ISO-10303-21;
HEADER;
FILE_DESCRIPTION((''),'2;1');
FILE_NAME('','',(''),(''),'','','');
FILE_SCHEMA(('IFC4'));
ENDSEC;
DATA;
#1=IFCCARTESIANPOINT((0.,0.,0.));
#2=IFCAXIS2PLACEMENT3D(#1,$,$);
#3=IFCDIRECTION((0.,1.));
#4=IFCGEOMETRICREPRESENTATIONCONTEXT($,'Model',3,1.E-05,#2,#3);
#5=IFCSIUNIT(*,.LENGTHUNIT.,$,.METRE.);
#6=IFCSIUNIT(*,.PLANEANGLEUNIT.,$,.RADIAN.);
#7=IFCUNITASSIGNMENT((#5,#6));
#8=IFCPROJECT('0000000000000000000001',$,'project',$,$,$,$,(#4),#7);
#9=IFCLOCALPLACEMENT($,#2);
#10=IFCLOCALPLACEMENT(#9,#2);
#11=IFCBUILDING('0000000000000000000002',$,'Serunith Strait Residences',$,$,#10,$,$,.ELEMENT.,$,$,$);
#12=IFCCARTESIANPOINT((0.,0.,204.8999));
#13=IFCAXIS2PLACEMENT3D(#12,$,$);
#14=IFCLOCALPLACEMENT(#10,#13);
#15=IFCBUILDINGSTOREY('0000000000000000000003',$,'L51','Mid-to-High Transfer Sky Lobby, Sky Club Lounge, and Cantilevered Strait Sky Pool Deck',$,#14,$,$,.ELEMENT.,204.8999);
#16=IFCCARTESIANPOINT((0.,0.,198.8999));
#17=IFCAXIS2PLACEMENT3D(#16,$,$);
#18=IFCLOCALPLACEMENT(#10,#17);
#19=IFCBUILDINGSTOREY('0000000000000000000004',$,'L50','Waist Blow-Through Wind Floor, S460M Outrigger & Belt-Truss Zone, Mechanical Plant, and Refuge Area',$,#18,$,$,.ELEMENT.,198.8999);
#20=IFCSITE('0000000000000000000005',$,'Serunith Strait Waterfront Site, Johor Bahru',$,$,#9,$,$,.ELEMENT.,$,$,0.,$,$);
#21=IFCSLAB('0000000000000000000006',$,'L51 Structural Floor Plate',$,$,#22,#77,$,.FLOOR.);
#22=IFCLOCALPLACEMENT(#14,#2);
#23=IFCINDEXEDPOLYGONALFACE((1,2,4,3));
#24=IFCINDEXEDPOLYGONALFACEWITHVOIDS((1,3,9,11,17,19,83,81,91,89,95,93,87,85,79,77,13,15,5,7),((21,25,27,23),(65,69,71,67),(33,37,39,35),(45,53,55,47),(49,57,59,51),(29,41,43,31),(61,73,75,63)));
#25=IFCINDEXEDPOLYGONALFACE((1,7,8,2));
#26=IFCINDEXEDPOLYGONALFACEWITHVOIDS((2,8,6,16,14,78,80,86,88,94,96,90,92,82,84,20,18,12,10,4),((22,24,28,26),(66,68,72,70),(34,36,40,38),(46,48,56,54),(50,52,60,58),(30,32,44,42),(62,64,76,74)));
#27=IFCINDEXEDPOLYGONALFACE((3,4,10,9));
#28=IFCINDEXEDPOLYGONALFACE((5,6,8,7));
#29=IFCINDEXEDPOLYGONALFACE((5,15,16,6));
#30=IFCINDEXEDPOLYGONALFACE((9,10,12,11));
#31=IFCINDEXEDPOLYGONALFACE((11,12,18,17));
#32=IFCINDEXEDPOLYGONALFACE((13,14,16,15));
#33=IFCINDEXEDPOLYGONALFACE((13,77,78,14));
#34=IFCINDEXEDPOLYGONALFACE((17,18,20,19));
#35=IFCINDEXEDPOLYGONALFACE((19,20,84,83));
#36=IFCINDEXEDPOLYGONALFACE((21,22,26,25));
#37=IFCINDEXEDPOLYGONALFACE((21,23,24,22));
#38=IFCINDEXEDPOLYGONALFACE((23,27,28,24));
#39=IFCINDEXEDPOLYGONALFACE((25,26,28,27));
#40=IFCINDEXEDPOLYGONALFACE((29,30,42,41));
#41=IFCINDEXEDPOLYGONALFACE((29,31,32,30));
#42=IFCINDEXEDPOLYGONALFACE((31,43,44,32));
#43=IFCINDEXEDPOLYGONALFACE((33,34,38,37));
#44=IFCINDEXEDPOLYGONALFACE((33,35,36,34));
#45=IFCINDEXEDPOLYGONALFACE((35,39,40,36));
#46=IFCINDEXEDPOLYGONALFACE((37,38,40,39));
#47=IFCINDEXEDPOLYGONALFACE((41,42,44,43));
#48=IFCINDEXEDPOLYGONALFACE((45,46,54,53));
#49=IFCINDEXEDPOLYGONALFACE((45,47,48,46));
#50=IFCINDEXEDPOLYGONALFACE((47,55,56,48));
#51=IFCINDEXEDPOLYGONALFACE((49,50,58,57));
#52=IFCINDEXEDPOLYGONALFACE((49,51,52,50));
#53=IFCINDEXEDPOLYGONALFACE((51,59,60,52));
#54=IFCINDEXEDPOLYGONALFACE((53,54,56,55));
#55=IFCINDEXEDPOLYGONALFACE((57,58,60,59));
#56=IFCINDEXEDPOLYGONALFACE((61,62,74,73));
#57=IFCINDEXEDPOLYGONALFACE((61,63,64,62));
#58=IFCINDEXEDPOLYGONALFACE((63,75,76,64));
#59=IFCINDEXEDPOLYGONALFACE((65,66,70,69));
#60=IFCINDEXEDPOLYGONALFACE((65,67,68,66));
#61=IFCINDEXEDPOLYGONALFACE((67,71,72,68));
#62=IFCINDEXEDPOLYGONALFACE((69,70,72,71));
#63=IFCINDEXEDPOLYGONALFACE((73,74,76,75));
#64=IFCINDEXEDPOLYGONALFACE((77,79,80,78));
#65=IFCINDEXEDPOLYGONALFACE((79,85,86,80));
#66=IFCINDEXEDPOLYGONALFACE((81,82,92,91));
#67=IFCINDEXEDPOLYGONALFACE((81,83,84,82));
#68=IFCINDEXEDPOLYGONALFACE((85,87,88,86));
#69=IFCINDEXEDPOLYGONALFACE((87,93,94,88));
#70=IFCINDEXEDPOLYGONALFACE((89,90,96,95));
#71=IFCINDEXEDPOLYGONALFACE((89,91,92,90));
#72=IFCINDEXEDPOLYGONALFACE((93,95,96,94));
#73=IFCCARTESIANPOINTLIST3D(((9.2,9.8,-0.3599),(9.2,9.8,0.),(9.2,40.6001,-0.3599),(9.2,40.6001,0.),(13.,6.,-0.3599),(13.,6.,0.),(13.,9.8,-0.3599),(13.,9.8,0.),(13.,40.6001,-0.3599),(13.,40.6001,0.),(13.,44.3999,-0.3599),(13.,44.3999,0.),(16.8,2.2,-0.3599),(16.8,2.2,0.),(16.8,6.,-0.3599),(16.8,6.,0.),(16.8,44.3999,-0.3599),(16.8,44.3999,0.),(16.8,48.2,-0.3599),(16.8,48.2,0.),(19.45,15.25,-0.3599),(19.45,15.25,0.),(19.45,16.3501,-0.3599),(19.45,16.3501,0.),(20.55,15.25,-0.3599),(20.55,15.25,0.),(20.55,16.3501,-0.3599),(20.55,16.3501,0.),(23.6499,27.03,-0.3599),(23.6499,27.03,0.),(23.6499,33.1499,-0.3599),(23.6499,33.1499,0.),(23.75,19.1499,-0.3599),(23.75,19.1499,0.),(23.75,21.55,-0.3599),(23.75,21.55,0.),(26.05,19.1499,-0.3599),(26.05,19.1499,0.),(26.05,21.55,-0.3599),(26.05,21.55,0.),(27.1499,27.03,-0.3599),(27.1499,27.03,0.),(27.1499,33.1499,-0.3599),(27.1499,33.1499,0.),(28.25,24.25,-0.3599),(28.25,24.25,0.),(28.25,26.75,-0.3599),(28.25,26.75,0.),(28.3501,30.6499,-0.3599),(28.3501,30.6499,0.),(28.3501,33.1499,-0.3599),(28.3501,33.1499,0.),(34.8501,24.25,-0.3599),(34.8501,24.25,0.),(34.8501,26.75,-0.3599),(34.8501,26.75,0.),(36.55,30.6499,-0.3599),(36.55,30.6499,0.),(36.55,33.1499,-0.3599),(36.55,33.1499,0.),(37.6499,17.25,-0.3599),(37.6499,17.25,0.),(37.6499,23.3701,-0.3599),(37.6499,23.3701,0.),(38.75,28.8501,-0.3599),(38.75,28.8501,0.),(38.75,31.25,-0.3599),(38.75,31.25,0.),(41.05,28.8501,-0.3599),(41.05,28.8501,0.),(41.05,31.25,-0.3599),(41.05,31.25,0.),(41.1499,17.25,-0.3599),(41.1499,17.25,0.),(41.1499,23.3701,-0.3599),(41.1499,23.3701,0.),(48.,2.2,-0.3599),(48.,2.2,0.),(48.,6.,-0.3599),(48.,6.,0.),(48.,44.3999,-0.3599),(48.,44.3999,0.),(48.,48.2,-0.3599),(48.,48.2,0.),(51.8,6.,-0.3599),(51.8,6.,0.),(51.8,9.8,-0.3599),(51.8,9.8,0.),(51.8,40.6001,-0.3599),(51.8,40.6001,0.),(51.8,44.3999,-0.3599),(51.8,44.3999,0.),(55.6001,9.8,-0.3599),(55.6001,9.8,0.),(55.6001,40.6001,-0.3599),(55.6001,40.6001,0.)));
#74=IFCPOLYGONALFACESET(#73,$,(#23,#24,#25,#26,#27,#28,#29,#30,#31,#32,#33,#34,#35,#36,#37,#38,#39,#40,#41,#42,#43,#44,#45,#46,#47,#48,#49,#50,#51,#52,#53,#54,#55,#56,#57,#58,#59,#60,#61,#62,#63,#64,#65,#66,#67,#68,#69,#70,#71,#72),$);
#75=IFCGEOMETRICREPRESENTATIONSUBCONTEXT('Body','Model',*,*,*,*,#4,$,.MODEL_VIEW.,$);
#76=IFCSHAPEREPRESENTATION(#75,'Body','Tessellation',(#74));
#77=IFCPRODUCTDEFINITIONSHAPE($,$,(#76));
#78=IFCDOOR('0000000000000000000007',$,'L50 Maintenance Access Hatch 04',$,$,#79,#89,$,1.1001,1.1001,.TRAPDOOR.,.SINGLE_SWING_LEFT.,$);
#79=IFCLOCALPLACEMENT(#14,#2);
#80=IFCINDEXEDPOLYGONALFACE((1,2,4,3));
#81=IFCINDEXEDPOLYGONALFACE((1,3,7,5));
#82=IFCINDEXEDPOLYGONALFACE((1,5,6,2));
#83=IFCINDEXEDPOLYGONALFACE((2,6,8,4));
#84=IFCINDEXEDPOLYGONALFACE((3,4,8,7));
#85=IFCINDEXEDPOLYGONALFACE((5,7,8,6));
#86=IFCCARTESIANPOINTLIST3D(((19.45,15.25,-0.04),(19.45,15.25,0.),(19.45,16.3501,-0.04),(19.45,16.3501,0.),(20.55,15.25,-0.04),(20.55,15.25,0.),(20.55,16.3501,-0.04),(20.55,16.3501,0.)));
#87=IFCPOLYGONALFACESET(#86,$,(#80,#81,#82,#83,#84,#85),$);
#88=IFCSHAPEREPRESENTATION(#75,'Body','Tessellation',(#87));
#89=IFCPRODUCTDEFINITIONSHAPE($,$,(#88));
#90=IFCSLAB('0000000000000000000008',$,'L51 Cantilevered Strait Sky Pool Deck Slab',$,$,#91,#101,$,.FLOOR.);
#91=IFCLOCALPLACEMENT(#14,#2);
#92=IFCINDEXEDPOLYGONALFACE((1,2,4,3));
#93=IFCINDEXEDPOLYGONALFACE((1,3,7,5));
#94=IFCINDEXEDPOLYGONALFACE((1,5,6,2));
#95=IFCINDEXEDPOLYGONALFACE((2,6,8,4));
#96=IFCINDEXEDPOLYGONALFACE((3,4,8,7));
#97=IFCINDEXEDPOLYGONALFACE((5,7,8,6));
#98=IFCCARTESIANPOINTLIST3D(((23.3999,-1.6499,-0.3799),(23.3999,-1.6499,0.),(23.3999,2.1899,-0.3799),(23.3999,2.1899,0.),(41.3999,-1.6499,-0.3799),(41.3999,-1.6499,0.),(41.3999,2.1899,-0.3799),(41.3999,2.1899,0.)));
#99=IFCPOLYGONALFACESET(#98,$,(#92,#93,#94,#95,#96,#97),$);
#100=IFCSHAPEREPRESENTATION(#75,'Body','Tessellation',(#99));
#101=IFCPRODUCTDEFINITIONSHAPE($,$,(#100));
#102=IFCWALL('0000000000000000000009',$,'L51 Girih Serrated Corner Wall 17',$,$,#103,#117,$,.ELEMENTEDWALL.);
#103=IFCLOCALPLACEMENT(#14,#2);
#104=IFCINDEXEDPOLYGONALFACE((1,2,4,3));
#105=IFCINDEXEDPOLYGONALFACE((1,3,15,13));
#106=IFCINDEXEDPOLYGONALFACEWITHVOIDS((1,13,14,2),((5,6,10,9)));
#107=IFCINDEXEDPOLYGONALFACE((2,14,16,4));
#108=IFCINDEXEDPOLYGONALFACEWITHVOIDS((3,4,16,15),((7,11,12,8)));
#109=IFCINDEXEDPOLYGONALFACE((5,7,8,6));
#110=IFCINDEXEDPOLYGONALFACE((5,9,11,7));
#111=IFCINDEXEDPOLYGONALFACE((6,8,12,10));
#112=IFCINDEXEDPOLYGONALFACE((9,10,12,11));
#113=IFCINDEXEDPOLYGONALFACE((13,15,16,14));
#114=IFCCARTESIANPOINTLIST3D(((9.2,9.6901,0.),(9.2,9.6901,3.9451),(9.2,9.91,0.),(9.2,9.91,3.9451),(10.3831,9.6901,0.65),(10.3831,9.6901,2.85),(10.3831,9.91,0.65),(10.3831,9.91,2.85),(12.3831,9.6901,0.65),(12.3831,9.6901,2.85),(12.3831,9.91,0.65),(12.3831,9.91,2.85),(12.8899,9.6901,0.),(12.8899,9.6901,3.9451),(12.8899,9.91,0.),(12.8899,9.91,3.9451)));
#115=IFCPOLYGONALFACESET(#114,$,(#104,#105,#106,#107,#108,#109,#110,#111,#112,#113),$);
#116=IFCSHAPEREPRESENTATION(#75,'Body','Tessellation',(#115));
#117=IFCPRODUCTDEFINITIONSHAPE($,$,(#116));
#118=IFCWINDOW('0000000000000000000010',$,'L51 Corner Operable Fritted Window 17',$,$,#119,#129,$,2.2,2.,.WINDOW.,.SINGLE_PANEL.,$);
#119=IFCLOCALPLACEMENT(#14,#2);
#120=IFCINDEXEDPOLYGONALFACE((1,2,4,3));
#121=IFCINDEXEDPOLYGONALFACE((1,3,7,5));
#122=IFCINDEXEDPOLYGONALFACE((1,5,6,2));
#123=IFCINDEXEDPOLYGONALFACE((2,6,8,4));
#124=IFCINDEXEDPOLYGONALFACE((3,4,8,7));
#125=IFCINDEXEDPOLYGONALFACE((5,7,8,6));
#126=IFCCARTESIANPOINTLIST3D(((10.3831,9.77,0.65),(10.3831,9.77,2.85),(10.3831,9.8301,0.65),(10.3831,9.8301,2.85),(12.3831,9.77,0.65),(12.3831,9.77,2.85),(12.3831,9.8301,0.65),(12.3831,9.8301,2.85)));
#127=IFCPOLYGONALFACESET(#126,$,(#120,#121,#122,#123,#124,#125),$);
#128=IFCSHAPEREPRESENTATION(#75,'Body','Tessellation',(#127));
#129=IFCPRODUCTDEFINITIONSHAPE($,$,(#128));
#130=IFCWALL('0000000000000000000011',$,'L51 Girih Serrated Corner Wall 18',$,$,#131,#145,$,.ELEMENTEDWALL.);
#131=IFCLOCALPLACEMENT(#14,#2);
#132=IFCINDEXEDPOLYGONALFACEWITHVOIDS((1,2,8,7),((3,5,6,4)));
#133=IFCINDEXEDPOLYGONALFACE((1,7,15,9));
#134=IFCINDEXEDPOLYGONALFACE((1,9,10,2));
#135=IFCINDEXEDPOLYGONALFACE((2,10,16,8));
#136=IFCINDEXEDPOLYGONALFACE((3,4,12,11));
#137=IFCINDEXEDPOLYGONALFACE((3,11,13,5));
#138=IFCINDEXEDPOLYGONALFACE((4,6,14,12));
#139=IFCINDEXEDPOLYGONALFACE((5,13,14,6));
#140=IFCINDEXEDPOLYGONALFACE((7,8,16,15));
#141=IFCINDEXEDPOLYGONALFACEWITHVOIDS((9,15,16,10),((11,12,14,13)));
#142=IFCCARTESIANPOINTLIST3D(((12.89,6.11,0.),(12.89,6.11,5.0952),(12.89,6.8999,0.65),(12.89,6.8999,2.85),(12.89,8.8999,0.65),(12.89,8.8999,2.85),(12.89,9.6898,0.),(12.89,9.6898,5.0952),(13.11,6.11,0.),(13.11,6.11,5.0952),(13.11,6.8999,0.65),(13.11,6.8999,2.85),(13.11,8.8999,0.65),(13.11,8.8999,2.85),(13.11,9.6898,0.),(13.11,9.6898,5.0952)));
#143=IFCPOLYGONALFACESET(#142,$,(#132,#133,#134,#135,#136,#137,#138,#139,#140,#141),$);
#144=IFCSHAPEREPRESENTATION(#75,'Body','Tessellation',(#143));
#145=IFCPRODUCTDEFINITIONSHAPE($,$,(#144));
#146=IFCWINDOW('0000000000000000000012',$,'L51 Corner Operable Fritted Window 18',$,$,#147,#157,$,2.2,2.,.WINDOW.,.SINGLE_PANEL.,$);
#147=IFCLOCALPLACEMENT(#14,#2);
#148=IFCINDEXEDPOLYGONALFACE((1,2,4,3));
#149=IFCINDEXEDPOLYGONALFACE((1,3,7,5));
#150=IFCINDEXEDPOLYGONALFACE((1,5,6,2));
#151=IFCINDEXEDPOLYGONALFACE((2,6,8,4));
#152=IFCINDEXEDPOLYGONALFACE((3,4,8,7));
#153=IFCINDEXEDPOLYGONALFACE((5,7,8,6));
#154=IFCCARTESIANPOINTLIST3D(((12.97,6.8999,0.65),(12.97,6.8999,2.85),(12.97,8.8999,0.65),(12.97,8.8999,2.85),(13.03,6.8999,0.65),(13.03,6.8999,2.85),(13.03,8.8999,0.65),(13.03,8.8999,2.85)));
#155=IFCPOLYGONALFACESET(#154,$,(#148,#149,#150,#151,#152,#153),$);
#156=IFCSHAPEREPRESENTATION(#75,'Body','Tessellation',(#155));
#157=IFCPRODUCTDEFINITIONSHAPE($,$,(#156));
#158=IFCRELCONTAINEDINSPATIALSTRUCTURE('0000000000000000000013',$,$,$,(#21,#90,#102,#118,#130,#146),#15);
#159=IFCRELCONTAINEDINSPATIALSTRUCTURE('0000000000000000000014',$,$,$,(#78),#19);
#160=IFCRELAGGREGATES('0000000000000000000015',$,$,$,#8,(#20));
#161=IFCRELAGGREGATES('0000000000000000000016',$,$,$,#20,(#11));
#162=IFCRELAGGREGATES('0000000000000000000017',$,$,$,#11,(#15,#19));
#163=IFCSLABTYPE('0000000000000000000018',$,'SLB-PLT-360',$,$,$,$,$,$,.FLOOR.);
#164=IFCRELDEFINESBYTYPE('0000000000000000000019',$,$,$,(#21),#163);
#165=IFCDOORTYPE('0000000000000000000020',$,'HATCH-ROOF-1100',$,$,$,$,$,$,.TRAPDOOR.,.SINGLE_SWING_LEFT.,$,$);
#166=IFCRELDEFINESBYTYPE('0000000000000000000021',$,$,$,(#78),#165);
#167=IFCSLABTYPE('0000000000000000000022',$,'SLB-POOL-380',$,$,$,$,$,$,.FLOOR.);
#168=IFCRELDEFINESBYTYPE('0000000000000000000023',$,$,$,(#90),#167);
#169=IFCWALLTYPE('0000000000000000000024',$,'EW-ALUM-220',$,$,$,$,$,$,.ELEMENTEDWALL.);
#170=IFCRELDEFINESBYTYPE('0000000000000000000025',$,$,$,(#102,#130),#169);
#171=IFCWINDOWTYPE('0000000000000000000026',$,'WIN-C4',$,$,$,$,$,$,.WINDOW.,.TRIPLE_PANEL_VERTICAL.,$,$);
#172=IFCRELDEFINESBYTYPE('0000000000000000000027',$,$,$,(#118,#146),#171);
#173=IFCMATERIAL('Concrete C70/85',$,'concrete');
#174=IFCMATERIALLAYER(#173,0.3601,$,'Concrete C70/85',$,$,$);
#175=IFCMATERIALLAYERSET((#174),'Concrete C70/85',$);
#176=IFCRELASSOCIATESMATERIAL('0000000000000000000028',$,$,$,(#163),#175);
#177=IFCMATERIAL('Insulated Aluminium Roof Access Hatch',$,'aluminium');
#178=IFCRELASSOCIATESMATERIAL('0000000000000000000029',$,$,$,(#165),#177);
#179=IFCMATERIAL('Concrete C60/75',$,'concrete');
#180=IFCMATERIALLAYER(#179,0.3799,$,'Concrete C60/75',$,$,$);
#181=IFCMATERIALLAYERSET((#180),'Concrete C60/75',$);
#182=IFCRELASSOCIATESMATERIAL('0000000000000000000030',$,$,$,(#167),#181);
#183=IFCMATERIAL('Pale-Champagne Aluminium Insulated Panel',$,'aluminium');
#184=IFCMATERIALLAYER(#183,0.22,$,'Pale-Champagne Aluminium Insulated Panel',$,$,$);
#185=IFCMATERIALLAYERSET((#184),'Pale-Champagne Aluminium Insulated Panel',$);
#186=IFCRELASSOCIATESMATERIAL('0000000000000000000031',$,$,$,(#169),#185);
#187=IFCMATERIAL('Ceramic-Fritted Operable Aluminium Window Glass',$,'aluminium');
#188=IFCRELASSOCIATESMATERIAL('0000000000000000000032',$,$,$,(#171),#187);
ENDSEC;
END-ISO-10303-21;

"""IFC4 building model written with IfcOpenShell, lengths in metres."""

from ifc_helpers import new_model, si_unit, direction, frame, frame_2d, origin, origin_2d, place, context, subcontext, project, spatial, polyline, rectangle, outline, extrude, source, transform, mapped, material, layer, layer_set, type_object, element, fill, save


model = new_model("IFC4")

# Units and contexts
model_context = context("Model", 3, precision=1e-05, world=origin(), true_north=direction((0.0, 1.0)))
body_context = subcontext(model_context, "Body", "Model", "MODEL_VIEW")
ifc_project = project(units=[si_unit("LENGTHUNIT", "METRE"), si_unit("PLANEANGLEUNIT", "RADIAN")], contexts=[model_context])

# Site, building, storey
site_placement = place(None, origin())
site = spatial("IfcSite", under=ifc_project, at=site_placement, Name="Serunith Strait Waterfront Site, Johor Bahru", CompositionType="ELEMENT", RefElevation=0.0)
building_placement = place(site_placement, origin())
building = spatial("IfcBuilding", under=site, at=building_placement, Name="Serunith Strait Residences", CompositionType="ELEMENT")
storey_1_placement = place(building_placement, frame((0.0, 0.0, 204.8999)))
storey_1 = spatial("IfcBuildingStorey", under=building, at=storey_1_placement, Name="L51", Description="Mid-to-High Transfer Sky Lobby, Sky Club Lounge, and Cantilevered Strait Sky Pool Deck", CompositionType="ELEMENT", Elevation=204.8999)

# Slab, opening
ifc_material_1 = material(Name="Concrete C70/85", Category="concrete")
ifc_layer_1 = layer(ifc_material_1, 0.3601, Name="Concrete C70/85")
ifc_layer_set_1 = layer_set([ifc_layer_1], Name="Concrete C70/85")
slab_type_1 = type_object("IfcSlabType", Name="SLB-PLT-360", PredefinedType="FLOOR", material=ifc_layer_set_1)
slab_1_placement = place(storey_1_placement, frame((0.0, 0.0, -0.3599)))
slab_1 = element("IfcSlab", 1, at=slab_1_placement, inside=storey_1, type_object=slab_type_1, Name="L51 Structural Floor Plate", PredefinedType="FLOOR", context=body_context, shape_type="SweptSolid", body=[
    extrude(outline(polyline([(16.8, 6.0), (13.0, 6.0), (13.0, 9.8), (9.2, 9.8), (9.2, 40.6001), (13.0, 40.6001), (13.0, 44.3999), (16.8, 44.3999), (16.8, 48.2), (48.0, 48.2), (48.0, 44.3999), (51.8, 44.3999), (51.8, 40.6001), (55.6001, 40.6001), (55.6001, 9.8), (51.8, 9.8), (51.8, 6.0), (48.0, 6.0), (48.0, 2.2), (16.8, 2.2), (16.8, 6.0)]), holes=[polyline([(41.1499, 23.3701), (37.6499, 23.3701), (37.6499, 17.25), (41.1499, 17.25), (41.1499, 23.3701)]), polyline([(38.75, 31.25), (38.75, 28.8501), (41.05, 28.8501), (41.05, 31.25), (38.75, 31.25)]), polyline([(36.55, 33.1499), (28.3501, 33.1499), (28.3501, 30.6499), (36.55, 30.6499), (36.55, 33.1499)]), polyline([(34.8501, 26.75), (28.25, 26.75), (28.25, 24.25), (34.8501, 24.25), (34.8501, 26.75)]), polyline([(23.6499, 33.1499), (23.6499, 27.03), (27.1499, 27.03), (27.1499, 33.1499), (23.6499, 33.1499)]), polyline([(26.05, 21.55), (23.75, 21.55), (23.75, 19.1499), (26.05, 19.1499), (26.05, 21.55)])]), origin(), (0.0, 0.0, 1.0), 0.3599),
])
opening_1_placement = place(slab_1_placement, frame((20.0, 15.8, 0.0)))
opening_1 = element("IfcOpeningElement", 2, at=opening_1_placement, cuts=slab_1, PredefinedType="OPENING", context=body_context, shape_type="SweptSolid", body=[
    extrude(rectangle(XDim=1.1001, YDim=1.1001, at=origin_2d()), frame((0.0, 0.0, -0.01)), (0.0, 0.0, 1.0), 0.3799),
])

# Shared definitions
storey_2_placement = place(building_placement, frame((0.0, 0.0, 198.8999)))
storey_2 = spatial("IfcBuildingStorey", under=building, at=storey_2_placement, Name="L50", Description="Waist Blow-Through Wind Floor, S460M Outrigger & Belt-Truss Zone, Mechanical Plant, and Refuge Area", CompositionType="ELEMENT", Elevation=198.8999)

# Door
ifc_material_2 = material(Name="Insulated Aluminium Roof Access Hatch", Category="aluminium")
door_type = type_object("IfcDoorType", Name="HATCH-ROOF-1100", OperationType="SINGLE_SWING_LEFT", PredefinedType="TRAPDOOR", material=ifc_material_2)
door_placement = place(opening_1_placement, frame((0.0, 0.0, 0.3198)))
door = element("IfcDoor", 3, at=door_placement, inside=storey_2, type_object=door_type, Name="L50 Maintenance Access Hatch 04", OperationType="SINGLE_SWING_LEFT", OverallHeight=1.1001, OverallWidth=1.1001, PredefinedType="TRAPDOOR", context=body_context, shape_type="SweptSolid", body=[
    extrude(rectangle(XDim=1.1001, YDim=1.1001, at=origin_2d()), origin(), (0.0, 0.0, 1.0), 0.04),
])
fill(opening_1, door)

# Slab
ifc_material_3 = material(Name="Concrete C60/75", Category="concrete")
ifc_layer_2 = layer(ifc_material_3, 0.3799, Name="Concrete C60/75")
ifc_layer_set_2 = layer_set([ifc_layer_2], Name="Concrete C60/75")
slab_type_2 = type_object("IfcSlabType", Name="SLB-POOL-380", PredefinedType="FLOOR", material=ifc_layer_set_2)
slab_2_placement = place(storey_1_placement, frame((0.0, 0.0, -0.3799)))
element("IfcSlab", 4, at=slab_2_placement, inside=storey_1, type_object=slab_type_2, Name="L51 Cantilevered Strait Sky Pool Deck Slab", PredefinedType="FLOOR", context=body_context, shape_type="SweptSolid", body=[
    extrude(outline(polyline([(41.3999, -1.6499), (23.3999, -1.6499), (23.3999, 2.1899), (41.3999, 2.1899), (41.3999, -1.6499)])), origin(), (0.0, 0.0, 1.0), 0.3799),
])

# Walls, openings, windows
ifc_material_4 = material(Name="Pale-Champagne Aluminium Insulated Panel", Category="aluminium")
ifc_layer_3 = layer(ifc_material_4, 0.22, Name="Pale-Champagne Aluminium Insulated Panel")
ifc_layer_set_3 = layer_set([ifc_layer_3], Name="Pale-Champagne Aluminium Insulated Panel")
wall_type = type_object("IfcWallType", Name="EW-ALUM-220", PredefinedType="ELEMENTEDWALL", material=ifc_layer_set_3)
wall_1_placement = place(storey_1_placement, frame((9.2, 9.8, 0.0), z_axis=(0.0, 0.0, 1.0), x_axis=(1.0, 0.0, 0.0)))
wall_1 = element("IfcWall", 5, at=wall_1_placement, inside=storey_1, type_object=wall_type, Name="L51 Girih Serrated Corner Wall 17", PredefinedType="ELEMENTEDWALL", context=body_context, shape_type="SweptSolid", body=[
    extrude(rectangle(XDim=3.6899, YDim=0.22, at=frame_2d((1.845, 0.0))), origin(), (0.0, 0.0, 1.0), 3.9451),
])
opening_2_placement = place(wall_1_placement, frame((1.1831, 0.0, 0.6499)))
opening_2 = element("IfcOpeningElement", 6, at=opening_2_placement, cuts=wall_1, PredefinedType="OPENING", context=body_context, shape_type="SweptSolid", body=[
    extrude(rectangle(XDim=2.0, YDim=2.2, at=frame_2d((1.0, 1.1001))), frame((0.0, 0.1201, 0.0), z_axis=(0.0, -1.0, 0.0), x_axis=(1.0, 0.0, 0.0)), (0.0, 0.0, 1.0), 0.24),
])
ifc_material_5 = material(Name="Ceramic-Fritted Operable Aluminium Window Glass", Category="aluminium")
window_type = type_object("IfcWindowType", Name="WIN-C4", PartitioningType="TRIPLE_PANEL_VERTICAL", PredefinedType="WINDOW", material=ifc_material_5)
shared_shape_1 = source(origin(), body_context, "Body", "SweptSolid", [
    extrude(rectangle(XDim=2.0, YDim=2.2, at=frame_2d((1.0, 1.1001))), frame((0.0, 0.03, 0.0), z_axis=(0.0, -1.0, 0.0), x_axis=(1.0, 0.0, 0.0)), (0.0, 0.0, 1.0), 0.0601),
])
window_1_placement = place(opening_2_placement, origin())
window_1 = element("IfcWindow", 7, at=window_1_placement, inside=storey_1, type_object=window_type, Name="L51 Corner Operable Fritted Window 17", OverallHeight=2.2, OverallWidth=2.0, PartitioningType="SINGLE_PANEL", PredefinedType="WINDOW", context=body_context, shape_type="MappedRepresentation", body=[
    mapped(shared_shape_1, transform((0.0, 0.0, 0.0), scale=1.0)),
])
fill(opening_2, window_1)
wall_2_placement = place(storey_1_placement, frame((13.0, 9.6899, 0.0), z_axis=(0.0, 0.0, 1.0), x_axis=(0.0, -1.0, 0.0)))
wall_2 = element("IfcWall", 8, at=wall_2_placement, inside=storey_1, type_object=wall_type, Name="L51 Girih Serrated Corner Wall 18", PredefinedType="ELEMENTEDWALL", context=body_context, shape_type="SweptSolid", body=[
    extrude(rectangle(XDim=3.5798, YDim=0.22, at=frame_2d((1.79, 0.0))), origin(), (0.0, 0.0, 1.0), 5.0952),
])
opening_3_placement = place(wall_2_placement, frame((0.79, 0.0, 0.6499)))
opening_3 = element("IfcOpeningElement", 9, at=opening_3_placement, cuts=wall_2, PredefinedType="OPENING", context=body_context, shape_type="SweptSolid", body=[
    extrude(rectangle(XDim=2.0, YDim=2.2, at=frame_2d((1.0, 1.1001))), frame((0.0, 0.1201, 0.0), z_axis=(0.0, -1.0, 0.0), x_axis=(1.0, 0.0, 0.0)), (0.0, 0.0, 1.0), 0.24),
])
window_2_placement = place(opening_3_placement, origin())
window_2 = element("IfcWindow", 10, at=window_2_placement, inside=storey_1, type_object=window_type, Name="L51 Corner Operable Fritted Window 18", OverallHeight=2.2, OverallWidth=2.0, PartitioningType="SINGLE_PANEL", PredefinedType="WINDOW", context=body_context, shape_type="MappedRepresentation", body=[
    mapped(shared_shape_1, transform((0.0, 0.0, 0.0), scale=1.0)),
])
fill(opening_3, window_2)

save(model, "model.ifc")
